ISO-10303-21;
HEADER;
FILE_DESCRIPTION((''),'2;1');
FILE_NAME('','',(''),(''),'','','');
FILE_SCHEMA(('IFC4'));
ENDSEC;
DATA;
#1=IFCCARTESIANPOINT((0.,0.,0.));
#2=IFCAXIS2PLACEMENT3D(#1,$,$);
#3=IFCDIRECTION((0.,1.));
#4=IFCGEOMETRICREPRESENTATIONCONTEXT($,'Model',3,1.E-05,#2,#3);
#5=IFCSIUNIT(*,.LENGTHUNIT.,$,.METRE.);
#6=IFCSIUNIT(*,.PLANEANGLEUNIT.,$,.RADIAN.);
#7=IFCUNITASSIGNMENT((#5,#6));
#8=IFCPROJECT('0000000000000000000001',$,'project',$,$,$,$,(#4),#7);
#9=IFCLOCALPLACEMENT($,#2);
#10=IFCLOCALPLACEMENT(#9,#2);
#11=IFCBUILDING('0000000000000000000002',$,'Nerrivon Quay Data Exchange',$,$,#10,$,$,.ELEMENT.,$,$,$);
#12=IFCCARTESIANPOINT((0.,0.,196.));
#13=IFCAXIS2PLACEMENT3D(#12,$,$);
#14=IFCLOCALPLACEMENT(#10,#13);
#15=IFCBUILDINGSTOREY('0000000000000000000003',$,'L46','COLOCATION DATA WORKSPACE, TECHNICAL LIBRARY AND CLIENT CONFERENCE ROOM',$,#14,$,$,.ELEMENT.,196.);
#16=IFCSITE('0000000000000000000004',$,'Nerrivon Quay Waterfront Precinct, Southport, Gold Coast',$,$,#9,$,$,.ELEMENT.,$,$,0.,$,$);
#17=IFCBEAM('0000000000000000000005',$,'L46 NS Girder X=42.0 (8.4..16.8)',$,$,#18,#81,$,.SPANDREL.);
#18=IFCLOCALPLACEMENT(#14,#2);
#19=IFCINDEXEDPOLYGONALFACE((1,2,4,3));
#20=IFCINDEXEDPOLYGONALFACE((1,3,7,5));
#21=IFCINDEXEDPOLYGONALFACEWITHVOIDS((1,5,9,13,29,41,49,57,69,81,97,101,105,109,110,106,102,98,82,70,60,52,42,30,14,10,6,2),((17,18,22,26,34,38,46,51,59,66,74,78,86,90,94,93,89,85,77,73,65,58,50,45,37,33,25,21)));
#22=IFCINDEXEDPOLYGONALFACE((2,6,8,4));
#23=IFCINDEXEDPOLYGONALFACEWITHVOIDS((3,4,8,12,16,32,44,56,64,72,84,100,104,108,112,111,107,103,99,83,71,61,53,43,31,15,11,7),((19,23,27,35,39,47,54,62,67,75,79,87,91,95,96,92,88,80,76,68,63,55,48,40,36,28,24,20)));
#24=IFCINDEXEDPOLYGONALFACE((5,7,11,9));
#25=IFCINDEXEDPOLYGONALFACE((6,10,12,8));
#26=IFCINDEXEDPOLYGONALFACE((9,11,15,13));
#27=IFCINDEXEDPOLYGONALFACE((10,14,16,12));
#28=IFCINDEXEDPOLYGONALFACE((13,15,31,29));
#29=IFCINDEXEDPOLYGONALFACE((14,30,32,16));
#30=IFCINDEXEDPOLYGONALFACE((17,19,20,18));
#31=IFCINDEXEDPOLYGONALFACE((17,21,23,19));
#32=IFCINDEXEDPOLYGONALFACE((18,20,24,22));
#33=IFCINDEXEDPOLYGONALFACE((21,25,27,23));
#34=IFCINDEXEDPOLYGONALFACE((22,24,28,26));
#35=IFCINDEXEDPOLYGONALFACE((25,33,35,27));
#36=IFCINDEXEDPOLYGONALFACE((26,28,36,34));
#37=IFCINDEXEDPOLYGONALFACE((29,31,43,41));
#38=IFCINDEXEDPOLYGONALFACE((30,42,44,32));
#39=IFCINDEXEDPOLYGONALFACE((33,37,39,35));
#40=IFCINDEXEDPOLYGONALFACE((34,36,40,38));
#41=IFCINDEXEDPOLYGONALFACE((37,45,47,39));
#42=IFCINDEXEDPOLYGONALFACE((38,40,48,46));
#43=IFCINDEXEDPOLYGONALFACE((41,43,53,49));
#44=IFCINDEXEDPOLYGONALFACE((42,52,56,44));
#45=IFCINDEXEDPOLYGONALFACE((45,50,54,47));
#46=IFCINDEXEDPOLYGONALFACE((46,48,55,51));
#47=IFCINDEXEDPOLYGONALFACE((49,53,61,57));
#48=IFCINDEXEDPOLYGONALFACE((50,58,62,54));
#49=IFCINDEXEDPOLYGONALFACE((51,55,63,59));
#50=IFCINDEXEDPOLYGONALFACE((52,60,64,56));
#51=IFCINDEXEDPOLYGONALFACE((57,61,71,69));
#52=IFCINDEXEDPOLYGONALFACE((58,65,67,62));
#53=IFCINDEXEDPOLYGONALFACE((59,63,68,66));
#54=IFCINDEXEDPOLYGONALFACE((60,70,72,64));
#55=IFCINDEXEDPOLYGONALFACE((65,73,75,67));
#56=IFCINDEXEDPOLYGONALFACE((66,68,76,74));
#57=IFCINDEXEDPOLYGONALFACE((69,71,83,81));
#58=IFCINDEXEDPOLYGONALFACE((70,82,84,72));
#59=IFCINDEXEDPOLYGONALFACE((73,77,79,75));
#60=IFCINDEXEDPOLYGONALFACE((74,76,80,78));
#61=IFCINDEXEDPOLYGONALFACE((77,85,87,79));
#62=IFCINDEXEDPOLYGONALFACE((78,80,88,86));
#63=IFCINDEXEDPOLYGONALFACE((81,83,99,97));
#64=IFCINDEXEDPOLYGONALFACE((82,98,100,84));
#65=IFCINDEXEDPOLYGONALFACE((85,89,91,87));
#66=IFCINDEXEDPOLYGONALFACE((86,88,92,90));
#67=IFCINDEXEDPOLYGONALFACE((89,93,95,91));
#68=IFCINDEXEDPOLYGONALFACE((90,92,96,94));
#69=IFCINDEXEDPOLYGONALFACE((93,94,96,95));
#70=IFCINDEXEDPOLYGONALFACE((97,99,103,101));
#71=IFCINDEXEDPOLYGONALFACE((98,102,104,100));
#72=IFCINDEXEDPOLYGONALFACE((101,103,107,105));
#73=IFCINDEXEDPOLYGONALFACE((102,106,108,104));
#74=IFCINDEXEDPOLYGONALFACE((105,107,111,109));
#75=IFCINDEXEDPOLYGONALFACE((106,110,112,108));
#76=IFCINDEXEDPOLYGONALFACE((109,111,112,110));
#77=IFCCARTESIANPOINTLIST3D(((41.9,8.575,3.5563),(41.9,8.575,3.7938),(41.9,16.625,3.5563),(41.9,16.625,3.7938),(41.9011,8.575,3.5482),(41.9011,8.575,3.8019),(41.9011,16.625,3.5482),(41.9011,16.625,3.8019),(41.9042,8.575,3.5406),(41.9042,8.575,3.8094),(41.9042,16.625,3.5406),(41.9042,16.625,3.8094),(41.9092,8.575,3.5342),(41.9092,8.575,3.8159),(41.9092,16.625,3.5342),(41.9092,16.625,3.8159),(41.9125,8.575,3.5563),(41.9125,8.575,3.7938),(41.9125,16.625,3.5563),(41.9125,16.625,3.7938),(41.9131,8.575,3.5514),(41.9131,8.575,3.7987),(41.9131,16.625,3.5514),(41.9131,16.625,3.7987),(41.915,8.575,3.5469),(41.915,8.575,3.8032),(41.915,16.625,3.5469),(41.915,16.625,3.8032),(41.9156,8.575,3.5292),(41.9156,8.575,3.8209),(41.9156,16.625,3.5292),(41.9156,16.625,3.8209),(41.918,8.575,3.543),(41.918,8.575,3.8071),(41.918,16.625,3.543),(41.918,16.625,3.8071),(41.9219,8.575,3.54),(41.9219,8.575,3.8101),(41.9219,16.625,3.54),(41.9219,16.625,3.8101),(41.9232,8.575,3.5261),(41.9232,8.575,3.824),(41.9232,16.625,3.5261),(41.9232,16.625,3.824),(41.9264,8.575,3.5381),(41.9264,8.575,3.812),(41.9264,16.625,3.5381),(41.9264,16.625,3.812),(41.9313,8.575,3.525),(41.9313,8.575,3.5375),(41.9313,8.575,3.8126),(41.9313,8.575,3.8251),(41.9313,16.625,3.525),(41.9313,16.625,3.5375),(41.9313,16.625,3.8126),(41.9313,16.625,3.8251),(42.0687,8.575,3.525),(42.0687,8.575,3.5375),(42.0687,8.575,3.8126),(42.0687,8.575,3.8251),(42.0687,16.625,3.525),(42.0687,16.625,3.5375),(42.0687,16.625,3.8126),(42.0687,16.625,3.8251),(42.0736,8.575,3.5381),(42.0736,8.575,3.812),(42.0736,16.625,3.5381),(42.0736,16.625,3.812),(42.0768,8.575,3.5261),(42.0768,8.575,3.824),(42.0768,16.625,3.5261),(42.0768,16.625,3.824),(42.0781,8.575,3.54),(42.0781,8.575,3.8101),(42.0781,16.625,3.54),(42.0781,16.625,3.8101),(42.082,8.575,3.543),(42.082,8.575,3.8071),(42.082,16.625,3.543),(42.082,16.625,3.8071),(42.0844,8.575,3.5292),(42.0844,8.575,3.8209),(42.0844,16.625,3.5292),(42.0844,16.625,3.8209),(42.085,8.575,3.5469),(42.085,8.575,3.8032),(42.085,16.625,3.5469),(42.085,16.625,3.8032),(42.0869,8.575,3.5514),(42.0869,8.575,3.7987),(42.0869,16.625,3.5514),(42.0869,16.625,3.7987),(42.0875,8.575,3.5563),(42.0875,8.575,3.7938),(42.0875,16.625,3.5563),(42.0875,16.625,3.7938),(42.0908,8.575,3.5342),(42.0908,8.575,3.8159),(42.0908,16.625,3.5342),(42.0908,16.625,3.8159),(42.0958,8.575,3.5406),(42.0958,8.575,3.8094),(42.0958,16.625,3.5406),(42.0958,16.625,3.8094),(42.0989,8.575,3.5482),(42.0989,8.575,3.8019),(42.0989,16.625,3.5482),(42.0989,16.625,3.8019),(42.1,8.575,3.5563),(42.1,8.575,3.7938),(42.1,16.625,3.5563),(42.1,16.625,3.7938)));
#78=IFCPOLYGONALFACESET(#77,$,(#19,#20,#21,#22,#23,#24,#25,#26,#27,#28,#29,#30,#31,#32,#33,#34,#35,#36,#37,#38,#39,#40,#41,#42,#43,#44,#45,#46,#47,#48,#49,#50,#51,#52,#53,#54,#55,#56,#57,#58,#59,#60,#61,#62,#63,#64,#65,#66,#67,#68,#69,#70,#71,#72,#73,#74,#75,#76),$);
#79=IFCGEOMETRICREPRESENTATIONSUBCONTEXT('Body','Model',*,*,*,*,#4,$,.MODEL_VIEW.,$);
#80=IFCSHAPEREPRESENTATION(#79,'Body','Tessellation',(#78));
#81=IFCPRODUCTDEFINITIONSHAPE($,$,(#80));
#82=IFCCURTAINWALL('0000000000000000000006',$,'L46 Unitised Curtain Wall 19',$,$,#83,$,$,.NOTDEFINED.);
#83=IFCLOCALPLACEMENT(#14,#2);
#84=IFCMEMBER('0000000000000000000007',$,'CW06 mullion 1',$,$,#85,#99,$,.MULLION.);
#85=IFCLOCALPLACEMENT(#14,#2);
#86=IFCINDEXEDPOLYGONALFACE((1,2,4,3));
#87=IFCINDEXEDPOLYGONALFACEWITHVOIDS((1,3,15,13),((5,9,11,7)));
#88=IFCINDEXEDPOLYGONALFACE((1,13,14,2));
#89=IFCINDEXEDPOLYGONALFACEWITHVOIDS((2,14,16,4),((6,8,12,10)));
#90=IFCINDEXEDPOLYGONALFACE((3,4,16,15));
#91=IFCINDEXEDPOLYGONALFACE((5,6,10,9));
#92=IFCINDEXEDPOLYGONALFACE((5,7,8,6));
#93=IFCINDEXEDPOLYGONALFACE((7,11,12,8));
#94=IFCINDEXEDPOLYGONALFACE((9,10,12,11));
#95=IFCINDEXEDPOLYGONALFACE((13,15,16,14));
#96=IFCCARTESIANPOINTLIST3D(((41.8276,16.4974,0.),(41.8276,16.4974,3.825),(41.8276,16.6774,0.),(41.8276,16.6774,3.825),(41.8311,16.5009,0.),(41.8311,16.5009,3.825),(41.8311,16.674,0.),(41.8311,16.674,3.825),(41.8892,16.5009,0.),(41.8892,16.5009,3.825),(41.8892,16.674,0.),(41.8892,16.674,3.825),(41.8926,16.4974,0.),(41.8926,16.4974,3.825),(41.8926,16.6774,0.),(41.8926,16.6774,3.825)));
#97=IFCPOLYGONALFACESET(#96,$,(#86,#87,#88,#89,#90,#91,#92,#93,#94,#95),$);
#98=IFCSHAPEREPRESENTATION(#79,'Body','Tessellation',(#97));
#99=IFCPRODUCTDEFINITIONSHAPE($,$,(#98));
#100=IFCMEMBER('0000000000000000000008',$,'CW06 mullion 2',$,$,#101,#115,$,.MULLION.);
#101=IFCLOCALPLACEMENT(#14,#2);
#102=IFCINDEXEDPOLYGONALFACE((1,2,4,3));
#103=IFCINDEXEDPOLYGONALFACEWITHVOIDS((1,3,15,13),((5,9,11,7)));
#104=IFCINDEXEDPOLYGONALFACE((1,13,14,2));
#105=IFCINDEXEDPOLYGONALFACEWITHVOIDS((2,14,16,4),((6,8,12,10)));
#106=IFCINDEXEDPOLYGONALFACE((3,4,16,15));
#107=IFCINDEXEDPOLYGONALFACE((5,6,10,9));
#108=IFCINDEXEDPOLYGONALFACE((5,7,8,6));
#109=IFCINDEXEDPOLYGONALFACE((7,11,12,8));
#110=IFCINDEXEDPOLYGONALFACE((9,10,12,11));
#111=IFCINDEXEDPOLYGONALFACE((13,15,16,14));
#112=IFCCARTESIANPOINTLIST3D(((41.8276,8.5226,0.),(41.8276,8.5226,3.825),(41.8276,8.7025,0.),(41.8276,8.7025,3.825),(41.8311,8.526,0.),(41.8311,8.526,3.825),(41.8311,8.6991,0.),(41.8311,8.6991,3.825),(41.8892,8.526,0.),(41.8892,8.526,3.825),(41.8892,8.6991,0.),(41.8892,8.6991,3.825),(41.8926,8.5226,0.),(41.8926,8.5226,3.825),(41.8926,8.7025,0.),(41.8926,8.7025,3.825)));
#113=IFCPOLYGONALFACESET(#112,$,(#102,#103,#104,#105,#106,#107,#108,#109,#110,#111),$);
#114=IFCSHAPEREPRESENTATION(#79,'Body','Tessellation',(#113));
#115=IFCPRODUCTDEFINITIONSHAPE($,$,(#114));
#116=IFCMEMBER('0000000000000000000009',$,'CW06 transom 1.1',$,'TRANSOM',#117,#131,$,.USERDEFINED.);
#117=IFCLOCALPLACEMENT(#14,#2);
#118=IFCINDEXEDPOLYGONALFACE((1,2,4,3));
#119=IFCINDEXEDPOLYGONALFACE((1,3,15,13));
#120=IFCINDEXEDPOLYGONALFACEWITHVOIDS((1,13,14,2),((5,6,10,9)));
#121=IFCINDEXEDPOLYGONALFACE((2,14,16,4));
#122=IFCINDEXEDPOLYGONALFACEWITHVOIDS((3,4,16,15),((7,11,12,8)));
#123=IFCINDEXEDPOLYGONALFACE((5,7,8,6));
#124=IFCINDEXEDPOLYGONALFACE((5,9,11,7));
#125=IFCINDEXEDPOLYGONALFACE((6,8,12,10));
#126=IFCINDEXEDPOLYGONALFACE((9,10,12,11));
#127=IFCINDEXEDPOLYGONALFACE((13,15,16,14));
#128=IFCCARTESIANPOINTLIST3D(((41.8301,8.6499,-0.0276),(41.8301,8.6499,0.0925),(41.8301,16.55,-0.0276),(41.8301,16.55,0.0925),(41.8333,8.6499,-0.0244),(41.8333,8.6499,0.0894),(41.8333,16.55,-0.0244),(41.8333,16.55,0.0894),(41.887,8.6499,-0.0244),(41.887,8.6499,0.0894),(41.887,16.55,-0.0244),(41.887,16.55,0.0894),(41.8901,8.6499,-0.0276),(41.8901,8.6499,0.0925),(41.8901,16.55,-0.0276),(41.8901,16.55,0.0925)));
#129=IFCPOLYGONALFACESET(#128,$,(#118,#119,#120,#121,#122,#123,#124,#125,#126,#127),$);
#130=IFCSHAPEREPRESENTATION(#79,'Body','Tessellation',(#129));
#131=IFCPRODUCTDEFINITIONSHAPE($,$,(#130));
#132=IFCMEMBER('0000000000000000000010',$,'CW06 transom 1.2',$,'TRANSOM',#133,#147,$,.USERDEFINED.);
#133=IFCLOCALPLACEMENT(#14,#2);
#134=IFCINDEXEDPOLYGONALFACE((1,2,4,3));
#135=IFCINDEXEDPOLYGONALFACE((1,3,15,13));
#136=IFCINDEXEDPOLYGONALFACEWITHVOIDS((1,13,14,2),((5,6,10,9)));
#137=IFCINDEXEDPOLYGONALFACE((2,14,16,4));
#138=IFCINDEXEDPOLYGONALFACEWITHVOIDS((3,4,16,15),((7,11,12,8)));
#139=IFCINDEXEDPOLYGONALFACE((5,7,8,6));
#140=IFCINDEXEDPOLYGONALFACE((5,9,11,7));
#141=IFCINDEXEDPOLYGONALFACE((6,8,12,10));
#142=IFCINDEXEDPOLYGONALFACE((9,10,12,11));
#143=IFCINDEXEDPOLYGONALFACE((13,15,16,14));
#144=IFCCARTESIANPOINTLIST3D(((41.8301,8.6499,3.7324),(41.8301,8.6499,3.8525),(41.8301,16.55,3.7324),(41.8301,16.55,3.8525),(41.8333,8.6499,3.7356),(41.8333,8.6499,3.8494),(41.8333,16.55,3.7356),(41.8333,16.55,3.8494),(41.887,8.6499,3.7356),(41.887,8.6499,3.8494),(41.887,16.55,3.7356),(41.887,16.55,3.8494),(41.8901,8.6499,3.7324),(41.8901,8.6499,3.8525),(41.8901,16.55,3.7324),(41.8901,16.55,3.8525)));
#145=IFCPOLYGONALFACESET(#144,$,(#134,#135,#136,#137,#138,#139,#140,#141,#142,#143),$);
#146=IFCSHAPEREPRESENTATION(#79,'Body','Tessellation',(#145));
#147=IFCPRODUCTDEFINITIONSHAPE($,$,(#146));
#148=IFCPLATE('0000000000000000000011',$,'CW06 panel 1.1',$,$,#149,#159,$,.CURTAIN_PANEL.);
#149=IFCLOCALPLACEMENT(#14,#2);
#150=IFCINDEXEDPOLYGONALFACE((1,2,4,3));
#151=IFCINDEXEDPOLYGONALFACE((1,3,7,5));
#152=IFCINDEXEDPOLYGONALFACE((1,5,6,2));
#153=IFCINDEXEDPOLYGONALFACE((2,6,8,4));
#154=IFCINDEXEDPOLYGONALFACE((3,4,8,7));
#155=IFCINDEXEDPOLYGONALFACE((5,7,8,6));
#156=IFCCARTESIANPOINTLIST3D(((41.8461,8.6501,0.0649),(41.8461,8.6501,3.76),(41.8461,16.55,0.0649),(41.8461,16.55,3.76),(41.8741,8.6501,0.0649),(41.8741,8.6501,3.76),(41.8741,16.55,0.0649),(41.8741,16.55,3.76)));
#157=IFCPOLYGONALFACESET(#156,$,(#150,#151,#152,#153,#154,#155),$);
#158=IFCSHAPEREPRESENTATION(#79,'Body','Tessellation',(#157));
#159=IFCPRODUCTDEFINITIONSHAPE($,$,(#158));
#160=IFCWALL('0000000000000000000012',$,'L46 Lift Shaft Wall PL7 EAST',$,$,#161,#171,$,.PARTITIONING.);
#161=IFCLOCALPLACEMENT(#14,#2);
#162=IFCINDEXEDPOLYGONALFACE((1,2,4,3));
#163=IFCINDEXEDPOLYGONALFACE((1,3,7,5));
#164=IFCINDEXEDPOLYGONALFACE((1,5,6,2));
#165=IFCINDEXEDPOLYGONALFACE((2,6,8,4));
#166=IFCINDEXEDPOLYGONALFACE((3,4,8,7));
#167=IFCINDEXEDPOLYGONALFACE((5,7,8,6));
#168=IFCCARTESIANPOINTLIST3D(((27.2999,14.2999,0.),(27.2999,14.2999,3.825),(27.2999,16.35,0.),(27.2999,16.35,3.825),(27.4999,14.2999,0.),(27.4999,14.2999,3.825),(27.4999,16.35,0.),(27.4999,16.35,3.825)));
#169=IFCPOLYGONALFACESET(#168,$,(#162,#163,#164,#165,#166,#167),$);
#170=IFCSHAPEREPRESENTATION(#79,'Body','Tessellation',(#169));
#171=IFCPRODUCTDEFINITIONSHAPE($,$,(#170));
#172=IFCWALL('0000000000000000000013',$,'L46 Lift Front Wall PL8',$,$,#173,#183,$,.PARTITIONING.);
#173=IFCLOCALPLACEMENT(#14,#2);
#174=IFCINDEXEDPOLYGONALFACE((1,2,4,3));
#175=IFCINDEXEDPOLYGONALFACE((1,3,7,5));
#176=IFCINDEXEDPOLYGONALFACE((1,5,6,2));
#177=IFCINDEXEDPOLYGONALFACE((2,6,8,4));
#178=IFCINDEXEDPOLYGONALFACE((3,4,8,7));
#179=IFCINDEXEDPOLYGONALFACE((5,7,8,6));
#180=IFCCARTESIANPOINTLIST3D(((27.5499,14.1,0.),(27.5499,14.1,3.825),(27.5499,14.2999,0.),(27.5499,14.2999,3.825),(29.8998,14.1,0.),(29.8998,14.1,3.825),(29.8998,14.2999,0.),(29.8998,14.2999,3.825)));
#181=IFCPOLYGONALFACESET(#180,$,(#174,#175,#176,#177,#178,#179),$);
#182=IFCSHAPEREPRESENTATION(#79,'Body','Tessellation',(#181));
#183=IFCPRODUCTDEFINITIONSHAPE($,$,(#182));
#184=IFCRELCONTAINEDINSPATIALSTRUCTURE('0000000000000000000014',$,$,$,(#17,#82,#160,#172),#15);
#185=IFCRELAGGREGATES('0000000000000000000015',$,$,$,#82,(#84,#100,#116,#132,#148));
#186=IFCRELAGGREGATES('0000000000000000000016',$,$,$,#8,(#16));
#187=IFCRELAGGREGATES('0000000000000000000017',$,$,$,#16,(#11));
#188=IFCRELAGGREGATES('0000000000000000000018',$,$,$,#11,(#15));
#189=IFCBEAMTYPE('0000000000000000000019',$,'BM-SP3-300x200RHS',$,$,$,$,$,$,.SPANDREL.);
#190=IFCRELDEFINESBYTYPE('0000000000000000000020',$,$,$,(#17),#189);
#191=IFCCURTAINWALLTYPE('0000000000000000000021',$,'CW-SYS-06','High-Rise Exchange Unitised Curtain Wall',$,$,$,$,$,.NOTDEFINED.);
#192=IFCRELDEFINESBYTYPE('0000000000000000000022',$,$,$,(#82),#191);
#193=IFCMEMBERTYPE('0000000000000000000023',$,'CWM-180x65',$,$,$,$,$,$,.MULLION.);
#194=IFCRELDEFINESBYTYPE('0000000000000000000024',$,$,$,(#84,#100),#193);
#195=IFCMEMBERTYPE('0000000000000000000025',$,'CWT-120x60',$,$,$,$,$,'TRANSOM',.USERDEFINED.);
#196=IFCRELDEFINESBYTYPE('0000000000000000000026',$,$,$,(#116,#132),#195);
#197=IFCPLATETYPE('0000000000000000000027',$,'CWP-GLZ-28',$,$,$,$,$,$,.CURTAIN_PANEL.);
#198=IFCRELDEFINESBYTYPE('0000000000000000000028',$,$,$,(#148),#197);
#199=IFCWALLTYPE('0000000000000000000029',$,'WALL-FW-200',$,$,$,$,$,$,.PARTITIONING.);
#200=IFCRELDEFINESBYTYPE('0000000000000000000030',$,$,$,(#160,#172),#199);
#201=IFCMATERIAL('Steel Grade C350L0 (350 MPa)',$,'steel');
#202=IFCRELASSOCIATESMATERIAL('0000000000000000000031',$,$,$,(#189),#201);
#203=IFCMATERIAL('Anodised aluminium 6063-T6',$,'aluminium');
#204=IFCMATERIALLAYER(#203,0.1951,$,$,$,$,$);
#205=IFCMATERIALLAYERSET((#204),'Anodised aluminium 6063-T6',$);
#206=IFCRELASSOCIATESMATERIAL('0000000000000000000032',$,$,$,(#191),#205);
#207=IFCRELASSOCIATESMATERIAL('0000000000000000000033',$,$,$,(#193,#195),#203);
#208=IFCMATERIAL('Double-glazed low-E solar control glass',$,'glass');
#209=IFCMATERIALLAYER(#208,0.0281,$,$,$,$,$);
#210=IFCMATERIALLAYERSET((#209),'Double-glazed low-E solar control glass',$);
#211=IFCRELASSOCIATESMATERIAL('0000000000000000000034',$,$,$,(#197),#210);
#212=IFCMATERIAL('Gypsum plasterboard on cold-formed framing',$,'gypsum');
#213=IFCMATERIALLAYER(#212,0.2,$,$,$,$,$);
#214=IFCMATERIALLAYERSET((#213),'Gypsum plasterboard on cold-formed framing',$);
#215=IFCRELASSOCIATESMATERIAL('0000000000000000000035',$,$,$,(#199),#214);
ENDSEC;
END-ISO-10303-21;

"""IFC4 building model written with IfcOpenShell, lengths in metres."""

from ifc_helpers import new_model, si_unit, direction, frame, frame_2d, origin, origin_2d, place, context, subcontext, project, spatial, rectangle, hollow_rectangle, extrude, material, layer, layer_set, material_profile, profile_set, type_object, element, aggregate, save


model = new_model("IFC4")

# Units and contexts
model_context = context("Model", 3, precision=1e-05, world=origin(), true_north=direction((0.0, 1.0)))
body_context = subcontext(model_context, "Body", "Model", "MODEL_VIEW")
ifc_project = project(units=[si_unit("LENGTHUNIT", "METRE"), si_unit("PLANEANGLEUNIT", "RADIAN")], contexts=[model_context])

# Site, building, storey
site_placement = place(None, origin())
site = spatial("IfcSite", under=ifc_project, at=site_placement, Name="Nerrivon Quay Waterfront Precinct, Southport, Gold Coast", CompositionType="ELEMENT", RefElevation=0.0)
building_placement = place(site_placement, origin())
building = spatial("IfcBuilding", under=site, at=building_placement, Name="Nerrivon Quay Data Exchange", CompositionType="ELEMENT")
storey_placement = place(building_placement, frame((0.0, 0.0, 196.0)))
storey = spatial("IfcBuildingStorey", under=building, at=storey_placement, Name="L46", Description="COLOCATION DATA WORKSPACE, TECHNICAL LIBRARY AND CLIENT CONFERENCE ROOM", CompositionType="ELEMENT", Elevation=196.0)

# Beam
ifc_material_1 = material(Name="Steel Grade C350L0 (350 MPa)", Category="steel")
ifc_material_profile_1 = material_profile(ifc_material_1, hollow_rectangle(XDim=0.2, YDim=0.3, WallThickness=0.0125, InnerFilletRadius=0.0188, OuterFilletRadius=0.0312, at=origin_2d()), Name="300x200x12.5RHS")
ifc_profile_set_1 = profile_set([ifc_material_profile_1], Name="Steel Grade C350L0 (350 MPa)")
beam_type_1 = type_object("IfcBeamType", Name="BM-SP3-300x200RHS", PredefinedType="SPANDREL", material=ifc_profile_set_1)
beam_1_placement = place(storey_placement, frame((42.0, 8.575, 3.675), z_axis=(0.0, 1.0, 0.0), x_axis=(-1.0, 0.0, 0.0)))
element("IfcBeam", 1, at=beam_1_placement, inside=storey, type_object=beam_type_1, Name="L46 NS Girder X=42.0 (8.4..16.8)", PredefinedType="SPANDREL", context=body_context, shape_type="SweptSolid", body=[
    extrude(hollow_rectangle(XDim=0.2, YDim=0.3, WallThickness=0.0125, InnerFilletRadius=0.0188, OuterFilletRadius=0.0312, at=origin_2d()), origin(), (0.0, 0.0, 1.0), 8.05),
])

# Curtain wall, members, plate
ifc_material_2 = material(Name="Anodised aluminium 6063-T6", Category="aluminium")
ifc_layer_1 = layer(ifc_material_2, 0.1951)
ifc_layer_set_1 = layer_set([ifc_layer_1], Name="Anodised aluminium 6063-T6")
curtain_wall_type = type_object("IfcCurtainWallType", Name="CW-SYS-06", Description="High-Rise Exchange Unitised Curtain Wall", PredefinedType="NOTDEFINED", material=ifc_layer_set_1)
curtain_wall_placement = place(storey_placement, origin())
curtain_wall = element("IfcCurtainWall", 2, at=curtain_wall_placement, inside=storey, type_object=curtain_wall_type, Name="L46 Unitised Curtain Wall 19", PredefinedType="NOTDEFINED")
ifc_material_profile_2 = material_profile(ifc_material_2, hollow_rectangle(XDim=0.0649, YDim=0.1799, WallThickness=0.0034, at=origin_2d()), Name="ALU-MULL-180x65")
ifc_profile_set_2 = profile_set([ifc_material_profile_2], Name="Anodised aluminium 6063-T6")
member_type_1 = type_object("IfcMemberType", Name="CWM-180x65", PredefinedType="MULLION", material=ifc_profile_set_2)
member_1_placement = place(storey_placement, frame((41.8601, 16.5874, 0.0), z_axis=(0.0, 0.0, 1.0), x_axis=(1.0, 0.0, 0.0)))
member_1 = element("IfcMember", 3, at=member_1_placement, type_object=member_type_1, Name="CW06 mullion 1", PredefinedType="MULLION", context=body_context, shape_type="SweptSolid", body=[
    extrude(hollow_rectangle(XDim=0.0649, YDim=0.1799, WallThickness=0.0034, at=origin_2d()), origin(), (0.0, 0.0, 1.0), 3.825),
])
member_2_placement = place(storey_placement, frame((41.8601, 8.6125, 0.0), z_axis=(0.0, 0.0, 1.0), x_axis=(1.0, 0.0, 0.0)))
member_2 = element("IfcMember", 4, at=member_2_placement, type_object=member_type_1, Name="CW06 mullion 2", PredefinedType="MULLION", context=body_context, shape_type="SweptSolid", body=[
    extrude(hollow_rectangle(XDim=0.0649, YDim=0.1799, WallThickness=0.0034, at=origin_2d()), origin(), (0.0, 0.0, 1.0), 3.825),
])
ifc_material_profile_3 = material_profile(ifc_material_2, hollow_rectangle(XDim=0.0601, YDim=0.1201, WallThickness=0.0032, at=origin_2d()), Name="ALU-TRAN-120x60")
ifc_profile_set_3 = profile_set([ifc_material_profile_3], Name="Anodised aluminium 6063-T6")
member_type_2 = type_object("IfcMemberType", Name="CWT-120x60", ElementType="TRANSOM", PredefinedType="USERDEFINED", material=ifc_profile_set_3)
member_3_placement = place(storey_placement, frame((41.8601, 16.55, 0.0325), z_axis=(0.0, -1.0, 0.0), x_axis=(1.0, 0.0, 0.0)))
member_3 = element("IfcMember", 5, at=member_3_placement, type_object=member_type_2, Name="CW06 transom 1.1", ObjectType="TRANSOM", PredefinedType="USERDEFINED", context=body_context, shape_type="SweptSolid", body=[
    extrude(hollow_rectangle(XDim=0.0601, YDim=0.1201, WallThickness=0.0032, at=origin_2d()), origin(), (0.0, 0.0, 1.0), 7.9001),
])
member_4_placement = place(storey_placement, frame((41.8601, 16.55, 3.7925), z_axis=(0.0, -1.0, 0.0), x_axis=(1.0, 0.0, 0.0)))
member_4 = element("IfcMember", 6, at=member_4_placement, type_object=member_type_2, Name="CW06 transom 1.2", ObjectType="TRANSOM", PredefinedType="USERDEFINED", context=body_context, shape_type="SweptSolid", body=[
    extrude(hollow_rectangle(XDim=0.0601, YDim=0.1201, WallThickness=0.0032, at=origin_2d()), origin(), (0.0, 0.0, 1.0), 7.9001),
])
ifc_material_3 = material(Name="Double-glazed low-E solar control glass", Category="glass")
ifc_layer_2 = layer(ifc_material_3, 0.0281)
ifc_layer_set_2 = layer_set([ifc_layer_2], Name="Double-glazed low-E solar control glass")
plate_type = type_object("IfcPlateType", Name="CWP-GLZ-28", PredefinedType="CURTAIN_PANEL", material=ifc_layer_set_2)
plate_placement = place(storey_placement, frame((41.8601, 12.6001, 0.0649), z_axis=(0.0, 0.0, 1.0), x_axis=(0.0, -1.0, 0.0)))
plate = element("IfcPlate", 7, at=plate_placement, type_object=plate_type, Name="CW06 panel 1.1", PredefinedType="CURTAIN_PANEL", context=body_context, shape_type="SweptSolid", body=[
    extrude(rectangle(XDim=7.8999, YDim=0.0281, at=origin_2d()), origin(), (0.0, 0.0, 1.0), 3.6951),
])
aggregate(curtain_wall, [member_1, member_2, member_3, member_4, plate])

# Walls
ifc_material_4 = material(Name="Gypsum plasterboard on cold-formed framing", Category="gypsum")
ifc_layer_3 = layer(ifc_material_4, 0.2)
ifc_layer_set_3 = layer_set([ifc_layer_3], Name="Gypsum plasterboard on cold-formed framing")
wall_type_1 = type_object("IfcWallType", Name="WALL-FW-200", PredefinedType="PARTITIONING", material=ifc_layer_set_3)
wall_1_placement = place(storey_placement, frame((27.3999, 14.3, 0.0), z_axis=(0.0, 0.0, 1.0), x_axis=(0.0, 1.0, 0.0)))
element("IfcWall", 8, at=wall_1_placement, inside=storey, type_object=wall_type_1, Name="L46 Lift Shaft Wall PL7 EAST", PredefinedType="PARTITIONING", context=body_context, shape_type="SweptSolid", body=[
    extrude(rectangle(XDim=2.05, YDim=0.2, at=frame_2d((1.0249, 0.0))), origin(), (0.0, 0.0, 1.0), 3.825),
])
wall_2_placement = place(storey_placement, frame((27.55, 14.2, 0.0), z_axis=(0.0, 0.0, 1.0), x_axis=(1.0, 0.0, 0.0)))
element("IfcWall", 9, at=wall_2_placement, inside=storey, type_object=wall_type_1, Name="L46 Lift Front Wall PL8", PredefinedType="PARTITIONING", context=body_context, shape_type="SweptSolid", body=[
    extrude(rectangle(XDim=2.3499, YDim=0.2, at=frame_2d((1.1748, 0.0))), origin(), (0.0, 0.0, 1.0), 3.825),
])

save(model, "model.ifc")
